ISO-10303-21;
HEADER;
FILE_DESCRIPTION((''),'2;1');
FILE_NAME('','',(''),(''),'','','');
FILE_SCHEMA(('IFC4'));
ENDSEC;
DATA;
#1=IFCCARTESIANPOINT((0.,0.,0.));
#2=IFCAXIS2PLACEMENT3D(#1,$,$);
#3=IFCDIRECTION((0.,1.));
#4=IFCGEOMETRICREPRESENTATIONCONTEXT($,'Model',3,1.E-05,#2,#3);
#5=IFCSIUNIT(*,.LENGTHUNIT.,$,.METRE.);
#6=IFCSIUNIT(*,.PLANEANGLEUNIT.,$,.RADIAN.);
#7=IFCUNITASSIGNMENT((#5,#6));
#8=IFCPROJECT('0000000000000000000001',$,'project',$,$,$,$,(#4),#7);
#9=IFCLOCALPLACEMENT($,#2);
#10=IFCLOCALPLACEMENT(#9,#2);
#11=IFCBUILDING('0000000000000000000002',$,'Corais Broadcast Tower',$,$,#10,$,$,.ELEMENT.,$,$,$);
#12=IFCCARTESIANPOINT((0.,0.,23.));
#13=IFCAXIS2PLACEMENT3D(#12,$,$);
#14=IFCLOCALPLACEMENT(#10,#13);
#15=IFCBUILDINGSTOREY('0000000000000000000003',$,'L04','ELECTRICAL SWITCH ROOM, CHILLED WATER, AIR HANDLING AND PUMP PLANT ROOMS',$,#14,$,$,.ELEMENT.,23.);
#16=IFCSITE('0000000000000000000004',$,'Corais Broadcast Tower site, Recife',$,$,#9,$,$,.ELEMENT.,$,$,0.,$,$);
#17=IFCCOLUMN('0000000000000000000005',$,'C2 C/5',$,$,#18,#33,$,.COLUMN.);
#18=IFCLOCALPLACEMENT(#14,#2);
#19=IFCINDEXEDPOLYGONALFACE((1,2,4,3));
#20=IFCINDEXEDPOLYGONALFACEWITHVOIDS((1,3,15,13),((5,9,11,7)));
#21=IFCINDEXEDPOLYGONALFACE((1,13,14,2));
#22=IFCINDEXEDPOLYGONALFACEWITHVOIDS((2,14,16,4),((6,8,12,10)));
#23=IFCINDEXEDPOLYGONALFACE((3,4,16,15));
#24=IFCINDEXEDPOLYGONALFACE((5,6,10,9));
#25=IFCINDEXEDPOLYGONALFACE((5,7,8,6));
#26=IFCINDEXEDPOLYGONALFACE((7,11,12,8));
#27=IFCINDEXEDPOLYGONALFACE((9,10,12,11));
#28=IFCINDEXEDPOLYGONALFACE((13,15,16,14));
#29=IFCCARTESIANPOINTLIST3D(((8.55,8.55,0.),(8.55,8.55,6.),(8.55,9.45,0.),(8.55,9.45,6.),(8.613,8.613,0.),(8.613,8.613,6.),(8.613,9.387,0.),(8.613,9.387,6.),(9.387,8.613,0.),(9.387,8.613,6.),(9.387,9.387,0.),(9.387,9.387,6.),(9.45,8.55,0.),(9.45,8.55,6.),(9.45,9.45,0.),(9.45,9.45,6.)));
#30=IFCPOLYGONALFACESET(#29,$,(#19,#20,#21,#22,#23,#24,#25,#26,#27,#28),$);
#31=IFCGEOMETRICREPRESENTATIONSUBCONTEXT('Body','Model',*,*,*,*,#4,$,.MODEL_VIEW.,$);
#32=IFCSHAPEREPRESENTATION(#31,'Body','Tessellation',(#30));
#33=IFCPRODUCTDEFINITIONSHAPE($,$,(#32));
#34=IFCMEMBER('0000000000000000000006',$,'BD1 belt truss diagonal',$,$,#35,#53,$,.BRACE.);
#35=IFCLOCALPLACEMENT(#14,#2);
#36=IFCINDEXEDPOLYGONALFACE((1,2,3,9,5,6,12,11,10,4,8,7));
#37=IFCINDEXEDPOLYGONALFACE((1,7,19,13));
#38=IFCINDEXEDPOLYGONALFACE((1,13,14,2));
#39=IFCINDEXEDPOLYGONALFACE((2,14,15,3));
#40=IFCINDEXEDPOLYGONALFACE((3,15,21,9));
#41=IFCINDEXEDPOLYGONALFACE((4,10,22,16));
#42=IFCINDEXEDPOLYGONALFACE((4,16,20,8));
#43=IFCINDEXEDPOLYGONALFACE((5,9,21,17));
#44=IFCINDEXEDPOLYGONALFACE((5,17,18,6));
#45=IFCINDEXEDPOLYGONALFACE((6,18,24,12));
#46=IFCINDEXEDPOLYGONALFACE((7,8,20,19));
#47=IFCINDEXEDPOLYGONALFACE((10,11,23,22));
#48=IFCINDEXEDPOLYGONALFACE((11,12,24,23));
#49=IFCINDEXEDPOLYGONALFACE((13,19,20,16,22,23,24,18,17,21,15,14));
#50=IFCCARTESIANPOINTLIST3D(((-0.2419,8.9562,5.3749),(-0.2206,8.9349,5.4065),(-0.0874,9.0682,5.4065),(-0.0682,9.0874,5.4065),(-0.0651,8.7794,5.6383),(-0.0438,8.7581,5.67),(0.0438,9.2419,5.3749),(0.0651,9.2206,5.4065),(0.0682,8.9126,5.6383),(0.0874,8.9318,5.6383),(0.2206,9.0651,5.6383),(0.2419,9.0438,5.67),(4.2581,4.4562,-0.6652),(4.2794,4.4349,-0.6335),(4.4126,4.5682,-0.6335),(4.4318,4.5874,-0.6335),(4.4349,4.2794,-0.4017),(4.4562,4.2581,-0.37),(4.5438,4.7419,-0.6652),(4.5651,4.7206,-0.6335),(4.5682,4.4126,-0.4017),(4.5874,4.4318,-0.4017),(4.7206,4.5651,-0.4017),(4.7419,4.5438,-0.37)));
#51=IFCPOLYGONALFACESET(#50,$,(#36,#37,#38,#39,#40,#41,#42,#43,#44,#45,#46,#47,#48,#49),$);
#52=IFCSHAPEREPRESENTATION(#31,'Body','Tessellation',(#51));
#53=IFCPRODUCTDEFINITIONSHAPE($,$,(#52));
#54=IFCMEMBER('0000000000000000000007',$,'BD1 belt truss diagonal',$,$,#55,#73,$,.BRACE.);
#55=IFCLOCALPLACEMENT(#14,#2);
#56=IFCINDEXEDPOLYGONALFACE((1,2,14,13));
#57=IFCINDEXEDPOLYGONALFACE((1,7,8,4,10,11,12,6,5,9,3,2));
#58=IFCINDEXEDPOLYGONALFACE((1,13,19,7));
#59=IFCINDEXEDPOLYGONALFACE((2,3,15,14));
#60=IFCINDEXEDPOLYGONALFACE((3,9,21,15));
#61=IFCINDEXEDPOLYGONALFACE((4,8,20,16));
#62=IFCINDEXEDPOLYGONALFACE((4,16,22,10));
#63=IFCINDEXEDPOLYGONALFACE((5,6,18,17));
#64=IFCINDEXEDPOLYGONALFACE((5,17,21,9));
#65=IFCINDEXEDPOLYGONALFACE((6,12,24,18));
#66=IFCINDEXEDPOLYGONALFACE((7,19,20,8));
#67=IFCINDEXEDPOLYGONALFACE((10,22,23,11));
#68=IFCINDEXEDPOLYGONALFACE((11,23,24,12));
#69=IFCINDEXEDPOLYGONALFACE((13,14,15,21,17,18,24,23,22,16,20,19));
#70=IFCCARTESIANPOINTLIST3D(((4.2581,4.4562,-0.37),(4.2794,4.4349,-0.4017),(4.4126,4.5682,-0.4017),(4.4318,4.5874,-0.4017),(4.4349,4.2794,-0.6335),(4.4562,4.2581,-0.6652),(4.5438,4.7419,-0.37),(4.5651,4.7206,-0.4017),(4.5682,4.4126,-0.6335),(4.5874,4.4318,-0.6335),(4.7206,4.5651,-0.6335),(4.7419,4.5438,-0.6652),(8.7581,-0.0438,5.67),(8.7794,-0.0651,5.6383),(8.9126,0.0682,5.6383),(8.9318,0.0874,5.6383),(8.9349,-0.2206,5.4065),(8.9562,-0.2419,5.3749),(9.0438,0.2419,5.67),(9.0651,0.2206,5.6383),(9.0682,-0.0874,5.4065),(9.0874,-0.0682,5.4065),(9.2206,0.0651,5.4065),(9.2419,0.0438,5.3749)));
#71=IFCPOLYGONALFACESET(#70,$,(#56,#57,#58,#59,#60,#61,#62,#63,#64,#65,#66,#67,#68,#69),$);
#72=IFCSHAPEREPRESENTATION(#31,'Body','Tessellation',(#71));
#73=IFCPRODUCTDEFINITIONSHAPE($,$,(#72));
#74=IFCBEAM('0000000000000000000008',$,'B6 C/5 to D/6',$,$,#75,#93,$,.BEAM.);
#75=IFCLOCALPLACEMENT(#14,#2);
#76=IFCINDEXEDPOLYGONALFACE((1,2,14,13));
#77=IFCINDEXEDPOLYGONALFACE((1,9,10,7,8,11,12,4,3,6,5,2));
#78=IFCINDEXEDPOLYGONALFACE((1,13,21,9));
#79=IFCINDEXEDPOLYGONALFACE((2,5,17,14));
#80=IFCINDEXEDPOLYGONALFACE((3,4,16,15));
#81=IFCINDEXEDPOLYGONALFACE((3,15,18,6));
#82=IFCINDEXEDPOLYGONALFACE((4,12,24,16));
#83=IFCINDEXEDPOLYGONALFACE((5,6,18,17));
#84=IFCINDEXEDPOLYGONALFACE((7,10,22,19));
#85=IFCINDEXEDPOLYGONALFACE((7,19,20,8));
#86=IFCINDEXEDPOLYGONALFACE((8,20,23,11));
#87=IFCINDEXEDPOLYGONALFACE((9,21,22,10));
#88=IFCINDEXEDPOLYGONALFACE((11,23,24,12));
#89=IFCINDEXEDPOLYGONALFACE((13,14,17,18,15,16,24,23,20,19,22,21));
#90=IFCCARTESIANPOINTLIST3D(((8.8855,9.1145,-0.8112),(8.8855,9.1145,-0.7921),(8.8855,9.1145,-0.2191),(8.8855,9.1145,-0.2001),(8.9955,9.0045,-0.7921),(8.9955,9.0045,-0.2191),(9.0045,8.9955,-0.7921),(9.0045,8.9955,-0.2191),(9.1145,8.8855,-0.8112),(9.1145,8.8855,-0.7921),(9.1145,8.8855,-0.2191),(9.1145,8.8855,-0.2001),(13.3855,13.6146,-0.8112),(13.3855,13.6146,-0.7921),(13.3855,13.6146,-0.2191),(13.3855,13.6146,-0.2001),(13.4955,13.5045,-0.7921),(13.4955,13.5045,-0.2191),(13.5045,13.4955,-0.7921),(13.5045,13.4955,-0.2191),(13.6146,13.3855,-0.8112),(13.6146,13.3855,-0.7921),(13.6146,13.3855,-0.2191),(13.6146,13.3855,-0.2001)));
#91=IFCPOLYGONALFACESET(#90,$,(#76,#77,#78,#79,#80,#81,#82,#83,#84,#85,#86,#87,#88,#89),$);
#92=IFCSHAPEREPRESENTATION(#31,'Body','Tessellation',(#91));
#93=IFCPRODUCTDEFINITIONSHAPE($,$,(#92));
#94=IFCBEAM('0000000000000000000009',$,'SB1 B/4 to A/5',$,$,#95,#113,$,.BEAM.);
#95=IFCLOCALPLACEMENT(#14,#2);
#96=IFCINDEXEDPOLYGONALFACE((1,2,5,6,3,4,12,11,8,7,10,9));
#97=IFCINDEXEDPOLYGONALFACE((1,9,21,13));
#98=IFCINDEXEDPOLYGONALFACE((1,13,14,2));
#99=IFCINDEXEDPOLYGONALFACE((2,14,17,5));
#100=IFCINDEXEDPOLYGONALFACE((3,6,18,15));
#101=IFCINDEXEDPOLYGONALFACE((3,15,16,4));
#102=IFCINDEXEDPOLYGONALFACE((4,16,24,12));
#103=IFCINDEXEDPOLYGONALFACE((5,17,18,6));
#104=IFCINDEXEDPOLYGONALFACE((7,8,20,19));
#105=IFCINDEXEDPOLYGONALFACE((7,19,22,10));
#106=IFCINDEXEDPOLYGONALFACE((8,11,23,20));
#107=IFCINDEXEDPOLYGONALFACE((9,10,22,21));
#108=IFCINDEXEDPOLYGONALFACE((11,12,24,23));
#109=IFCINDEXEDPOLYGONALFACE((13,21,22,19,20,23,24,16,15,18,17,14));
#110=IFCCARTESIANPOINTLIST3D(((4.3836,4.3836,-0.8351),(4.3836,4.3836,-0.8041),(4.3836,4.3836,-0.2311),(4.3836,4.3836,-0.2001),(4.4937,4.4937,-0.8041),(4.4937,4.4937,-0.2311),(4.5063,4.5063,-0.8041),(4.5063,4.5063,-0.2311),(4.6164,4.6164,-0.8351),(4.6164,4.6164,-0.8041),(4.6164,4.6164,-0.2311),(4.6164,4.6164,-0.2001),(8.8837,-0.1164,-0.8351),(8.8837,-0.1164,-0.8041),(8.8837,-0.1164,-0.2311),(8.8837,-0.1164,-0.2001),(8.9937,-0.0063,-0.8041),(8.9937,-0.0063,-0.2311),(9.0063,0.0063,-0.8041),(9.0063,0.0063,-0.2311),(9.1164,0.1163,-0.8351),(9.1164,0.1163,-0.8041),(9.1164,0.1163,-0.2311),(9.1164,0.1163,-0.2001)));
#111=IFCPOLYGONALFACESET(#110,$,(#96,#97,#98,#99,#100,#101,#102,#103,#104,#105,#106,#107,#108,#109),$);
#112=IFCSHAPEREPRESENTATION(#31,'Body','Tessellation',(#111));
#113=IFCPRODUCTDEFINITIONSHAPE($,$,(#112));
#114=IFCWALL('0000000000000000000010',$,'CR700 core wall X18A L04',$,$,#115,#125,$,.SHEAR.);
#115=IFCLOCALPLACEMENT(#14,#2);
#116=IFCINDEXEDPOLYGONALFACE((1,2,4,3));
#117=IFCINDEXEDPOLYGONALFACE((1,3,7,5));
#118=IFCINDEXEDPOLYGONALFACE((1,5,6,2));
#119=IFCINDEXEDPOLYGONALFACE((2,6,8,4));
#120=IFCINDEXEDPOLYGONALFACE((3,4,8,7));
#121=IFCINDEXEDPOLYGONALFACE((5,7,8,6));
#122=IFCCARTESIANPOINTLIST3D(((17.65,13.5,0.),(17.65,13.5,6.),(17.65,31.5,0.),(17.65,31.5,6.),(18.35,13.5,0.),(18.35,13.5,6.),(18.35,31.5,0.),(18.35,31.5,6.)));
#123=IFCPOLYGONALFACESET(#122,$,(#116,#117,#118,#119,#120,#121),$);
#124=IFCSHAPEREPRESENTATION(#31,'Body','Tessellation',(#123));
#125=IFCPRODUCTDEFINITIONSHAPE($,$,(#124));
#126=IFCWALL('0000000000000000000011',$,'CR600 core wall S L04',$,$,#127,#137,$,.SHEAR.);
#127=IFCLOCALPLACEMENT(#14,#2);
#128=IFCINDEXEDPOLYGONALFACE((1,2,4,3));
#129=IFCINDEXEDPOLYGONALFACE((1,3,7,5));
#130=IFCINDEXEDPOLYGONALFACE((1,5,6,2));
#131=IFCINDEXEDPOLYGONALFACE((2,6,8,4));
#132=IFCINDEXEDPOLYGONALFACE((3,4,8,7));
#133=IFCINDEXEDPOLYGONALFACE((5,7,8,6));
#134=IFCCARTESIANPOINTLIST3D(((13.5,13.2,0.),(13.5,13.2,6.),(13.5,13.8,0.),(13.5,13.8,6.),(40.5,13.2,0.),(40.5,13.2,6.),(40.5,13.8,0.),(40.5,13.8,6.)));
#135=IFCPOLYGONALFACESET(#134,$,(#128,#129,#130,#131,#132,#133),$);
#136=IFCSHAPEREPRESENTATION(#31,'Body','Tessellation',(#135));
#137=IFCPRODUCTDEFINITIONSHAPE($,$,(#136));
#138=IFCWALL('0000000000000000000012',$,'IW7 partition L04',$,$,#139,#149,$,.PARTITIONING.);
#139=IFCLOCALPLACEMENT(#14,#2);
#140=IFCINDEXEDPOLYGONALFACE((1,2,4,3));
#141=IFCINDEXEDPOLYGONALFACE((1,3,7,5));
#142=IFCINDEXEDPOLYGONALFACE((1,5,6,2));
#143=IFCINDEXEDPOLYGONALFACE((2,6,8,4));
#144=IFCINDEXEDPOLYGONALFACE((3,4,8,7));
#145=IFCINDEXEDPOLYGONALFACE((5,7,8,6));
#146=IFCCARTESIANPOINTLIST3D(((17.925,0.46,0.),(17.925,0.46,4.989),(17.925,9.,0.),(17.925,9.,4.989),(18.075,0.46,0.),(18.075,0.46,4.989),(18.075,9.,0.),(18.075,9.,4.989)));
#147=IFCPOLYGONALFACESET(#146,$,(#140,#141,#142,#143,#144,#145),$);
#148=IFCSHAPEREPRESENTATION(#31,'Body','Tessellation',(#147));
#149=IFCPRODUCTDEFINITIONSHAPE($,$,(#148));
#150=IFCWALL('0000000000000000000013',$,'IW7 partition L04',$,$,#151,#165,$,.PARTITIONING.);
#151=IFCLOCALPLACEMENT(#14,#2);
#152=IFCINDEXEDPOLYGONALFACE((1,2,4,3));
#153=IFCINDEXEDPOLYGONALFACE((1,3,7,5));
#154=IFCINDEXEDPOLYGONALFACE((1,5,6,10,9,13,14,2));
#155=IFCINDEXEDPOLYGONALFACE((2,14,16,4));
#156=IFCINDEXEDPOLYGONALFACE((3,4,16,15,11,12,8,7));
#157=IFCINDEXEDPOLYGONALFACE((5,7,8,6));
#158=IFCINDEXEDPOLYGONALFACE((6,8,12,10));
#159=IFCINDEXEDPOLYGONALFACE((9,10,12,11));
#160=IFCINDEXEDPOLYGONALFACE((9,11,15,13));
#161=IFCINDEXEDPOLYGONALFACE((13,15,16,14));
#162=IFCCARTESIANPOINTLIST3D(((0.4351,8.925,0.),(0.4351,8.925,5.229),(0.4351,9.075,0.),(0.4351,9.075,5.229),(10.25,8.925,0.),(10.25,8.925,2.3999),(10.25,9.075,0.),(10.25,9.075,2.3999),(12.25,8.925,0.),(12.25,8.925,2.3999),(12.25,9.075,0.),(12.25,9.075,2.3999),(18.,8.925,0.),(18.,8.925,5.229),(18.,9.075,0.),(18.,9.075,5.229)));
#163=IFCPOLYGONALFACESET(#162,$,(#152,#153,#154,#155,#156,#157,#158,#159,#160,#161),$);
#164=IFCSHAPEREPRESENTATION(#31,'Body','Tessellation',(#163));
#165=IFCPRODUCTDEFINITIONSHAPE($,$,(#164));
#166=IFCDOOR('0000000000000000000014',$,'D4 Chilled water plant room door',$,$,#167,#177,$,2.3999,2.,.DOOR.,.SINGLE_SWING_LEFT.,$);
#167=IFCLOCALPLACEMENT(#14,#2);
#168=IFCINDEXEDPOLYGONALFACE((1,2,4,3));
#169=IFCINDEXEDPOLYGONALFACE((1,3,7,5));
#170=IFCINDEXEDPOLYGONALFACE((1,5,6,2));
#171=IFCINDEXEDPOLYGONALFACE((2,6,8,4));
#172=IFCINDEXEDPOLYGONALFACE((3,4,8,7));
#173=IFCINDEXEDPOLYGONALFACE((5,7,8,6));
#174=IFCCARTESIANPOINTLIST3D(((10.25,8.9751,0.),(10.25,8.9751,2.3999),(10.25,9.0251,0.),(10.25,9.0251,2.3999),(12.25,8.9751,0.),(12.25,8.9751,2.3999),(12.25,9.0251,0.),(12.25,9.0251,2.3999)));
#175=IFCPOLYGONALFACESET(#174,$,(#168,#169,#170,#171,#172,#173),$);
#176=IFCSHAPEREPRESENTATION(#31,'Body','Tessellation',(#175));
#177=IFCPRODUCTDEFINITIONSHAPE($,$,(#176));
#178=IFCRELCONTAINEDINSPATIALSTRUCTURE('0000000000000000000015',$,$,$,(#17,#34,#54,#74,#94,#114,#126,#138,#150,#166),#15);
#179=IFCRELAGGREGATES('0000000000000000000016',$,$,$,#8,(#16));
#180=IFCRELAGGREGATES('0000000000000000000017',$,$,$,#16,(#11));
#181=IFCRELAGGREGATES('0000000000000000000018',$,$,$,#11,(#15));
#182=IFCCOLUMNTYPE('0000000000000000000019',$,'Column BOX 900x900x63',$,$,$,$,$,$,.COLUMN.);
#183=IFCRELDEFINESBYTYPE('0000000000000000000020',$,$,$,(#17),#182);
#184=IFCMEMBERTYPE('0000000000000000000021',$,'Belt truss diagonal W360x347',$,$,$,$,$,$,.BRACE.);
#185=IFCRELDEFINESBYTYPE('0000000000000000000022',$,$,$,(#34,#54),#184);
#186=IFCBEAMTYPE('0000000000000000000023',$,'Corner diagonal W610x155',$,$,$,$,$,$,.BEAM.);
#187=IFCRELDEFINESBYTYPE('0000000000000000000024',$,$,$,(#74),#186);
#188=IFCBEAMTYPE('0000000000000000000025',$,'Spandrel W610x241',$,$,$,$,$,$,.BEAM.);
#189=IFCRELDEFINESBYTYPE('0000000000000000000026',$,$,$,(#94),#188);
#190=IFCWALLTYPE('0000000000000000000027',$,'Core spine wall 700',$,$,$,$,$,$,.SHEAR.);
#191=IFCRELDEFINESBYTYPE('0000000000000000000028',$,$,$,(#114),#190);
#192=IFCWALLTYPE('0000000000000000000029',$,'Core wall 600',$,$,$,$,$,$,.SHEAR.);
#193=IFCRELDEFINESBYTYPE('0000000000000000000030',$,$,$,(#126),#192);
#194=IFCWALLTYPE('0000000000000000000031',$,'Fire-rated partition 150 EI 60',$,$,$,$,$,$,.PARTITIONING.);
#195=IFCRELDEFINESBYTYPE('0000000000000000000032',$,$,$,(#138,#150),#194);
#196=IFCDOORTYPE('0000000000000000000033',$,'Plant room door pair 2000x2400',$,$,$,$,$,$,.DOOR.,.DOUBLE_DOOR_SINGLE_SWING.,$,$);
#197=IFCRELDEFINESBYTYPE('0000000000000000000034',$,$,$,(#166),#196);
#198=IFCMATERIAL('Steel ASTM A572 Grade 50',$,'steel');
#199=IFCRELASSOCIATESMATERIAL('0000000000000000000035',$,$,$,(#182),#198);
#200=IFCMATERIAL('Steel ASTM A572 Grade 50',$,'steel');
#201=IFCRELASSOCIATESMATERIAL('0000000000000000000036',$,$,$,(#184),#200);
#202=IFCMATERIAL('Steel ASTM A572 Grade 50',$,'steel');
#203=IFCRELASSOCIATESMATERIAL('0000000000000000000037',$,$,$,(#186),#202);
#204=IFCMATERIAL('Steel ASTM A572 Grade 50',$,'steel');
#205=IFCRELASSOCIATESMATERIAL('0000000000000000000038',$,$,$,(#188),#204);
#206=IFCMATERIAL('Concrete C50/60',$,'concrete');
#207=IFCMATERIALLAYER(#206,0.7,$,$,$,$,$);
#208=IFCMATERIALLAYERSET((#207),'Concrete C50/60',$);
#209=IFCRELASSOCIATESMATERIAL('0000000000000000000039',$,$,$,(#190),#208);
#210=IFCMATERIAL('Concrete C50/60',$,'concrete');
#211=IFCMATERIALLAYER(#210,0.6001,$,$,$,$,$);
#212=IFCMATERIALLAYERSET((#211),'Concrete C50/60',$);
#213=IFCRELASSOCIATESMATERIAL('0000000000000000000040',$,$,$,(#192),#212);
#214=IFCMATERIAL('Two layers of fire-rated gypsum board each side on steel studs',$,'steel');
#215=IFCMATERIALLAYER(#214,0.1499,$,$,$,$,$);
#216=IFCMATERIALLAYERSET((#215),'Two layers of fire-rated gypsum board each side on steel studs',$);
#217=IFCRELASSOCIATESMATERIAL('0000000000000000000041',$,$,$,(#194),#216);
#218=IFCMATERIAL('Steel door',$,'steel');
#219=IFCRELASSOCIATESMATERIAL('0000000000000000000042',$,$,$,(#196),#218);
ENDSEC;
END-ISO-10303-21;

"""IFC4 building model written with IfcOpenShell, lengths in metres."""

from ifc_helpers import new_model, si_unit, direction, frame, frame_2d, origin, origin_2d, place, context, subcontext, project, spatial, rectangle, hollow_rectangle, i_section, extrude, material, layer, layer_set, material_profile, profile_set, type_object, element, fill, save


model = new_model("IFC4")

# Units and contexts
model_context = context("Model", 3, precision=1e-05, world=origin(), true_north=direction((0.0, 1.0)))
body_context = subcontext(model_context, "Body", "Model", "MODEL_VIEW")
ifc_project = project(units=[si_unit("LENGTHUNIT", "METRE"), si_unit("PLANEANGLEUNIT", "RADIAN")], contexts=[model_context])

# Site, building, storey
site_placement = place(None, origin())
site = spatial("IfcSite", under=ifc_project, at=site_placement, Name="Corais Broadcast Tower site, Recife", CompositionType="ELEMENT", RefElevation=0.0)
building_placement = place(site_placement, origin())
building = spatial("IfcBuilding", under=site, at=building_placement, Name="Corais Broadcast Tower", CompositionType="ELEMENT")
storey_placement = place(building_placement, frame((0.0, 0.0, 23.0)))
storey = spatial("IfcBuildingStorey", under=building, at=storey_placement, Name="L04", Description="ELECTRICAL SWITCH ROOM, CHILLED WATER, AIR HANDLING AND PUMP PLANT ROOMS", CompositionType="ELEMENT", Elevation=23.0)

# Column
ifc_material_1 = material(Name="Steel ASTM A572 Grade 50", Category="steel")
ifc_material_profile_1 = material_profile(ifc_material_1, hollow_rectangle(XDim=0.8999, YDim=0.8999, WallThickness=0.063, at=origin_2d()), Name="BOX 900x900x63")
ifc_profile_set_1 = profile_set([ifc_material_profile_1], Name="Steel ASTM A572 Grade 50")
column_type = type_object("IfcColumnType", Name="Column BOX 900x900x63", PredefinedType="COLUMN", material=ifc_profile_set_1)
column_placement = place(storey_placement, frame((9.0, 9.0, 0.0), z_axis=(0.0, 0.0, 1.0), x_axis=(1.0, 0.0, 0.0)))
element("IfcColumn", 1, at=column_placement, inside=storey, type_object=column_type, Name="C2 C/5", PredefinedType="COLUMN", context=body_context, shape_type="SweptSolid", body=[
    extrude(hollow_rectangle(XDim=0.8999, YDim=0.8999, WallThickness=0.063, at=origin_2d()), origin(), (0.0, 0.0, 1.0), 6.0),
])

# Members
ifc_material_2 = material(Name="Steel ASTM A572 Grade 50", Category="steel")
ifc_material_profile_2 = material_profile(ifc_material_2, i_section(OverallWidth=0.4041, OverallDepth=0.407, WebThickness=0.0271, FlangeThickness=0.0437, at=origin_2d()), Name="W360x347")
ifc_profile_set_2 = profile_set([ifc_material_profile_2], Name="Steel ASTM A572 Grade 50")
member_type = type_object("IfcMemberType", Name="Belt truss diagonal W360x347", PredefinedType="BRACE", material=ifc_profile_set_2)
for number, where, z_axis, x_axis, name in (
    (2, (4.5, 4.5, -0.5176), (-0.512882, 0.512882, 0.688406), (-0.707107, -0.707107, 0.0), "BD1 belt truss diagonal"),
    (3, (4.5, 4.5, -0.5176), (0.512882, -0.512882, 0.688406), (0.707107, 0.707107, 0.0), "BD1 belt truss diagonal"),
):
    element("IfcMember", number, at=place(storey_placement, frame(where, z_axis=z_axis, x_axis=x_axis)), inside=storey, type_object=member_type, Name=name, PredefinedType="BRACE", context=body_context, shape_type="SweptSolid", body=[
        extrude(i_section(OverallWidth=0.4041, OverallDepth=0.407, WebThickness=0.0271, FlangeThickness=0.0437, at=origin_2d()), origin(), (0.0, 0.0, 1.0), 8.7739),
    ])

# Beams
ifc_material_3 = material(Name="Steel ASTM A572 Grade 50", Category="steel")
ifc_material_profile_3 = material_profile(ifc_material_3, i_section(OverallWidth=0.324, OverallDepth=0.6111, WebThickness=0.0127, FlangeThickness=0.019, at=origin_2d()), Name="W610x155")
ifc_profile_set_3 = profile_set([ifc_material_profile_3], Name="Steel ASTM A572 Grade 50")
beam_type_1 = type_object("IfcBeamType", Name="Corner diagonal W610x155", PredefinedType="BEAM", material=ifc_profile_set_3)
beam_1_placement = place(storey_placement, frame((9.0, 9.0, -0.5056), z_axis=(0.707107, 0.707107, 0.0), x_axis=(-0.707107, 0.707107, 0.0)))
element("IfcBeam", 4, at=beam_1_placement, inside=storey, type_object=beam_type_1, Name="B6 C/5 to D/6", PredefinedType="BEAM", context=body_context, shape_type="SweptSolid", body=[
    extrude(i_section(OverallWidth=0.324, OverallDepth=0.6111, WebThickness=0.0127, FlangeThickness=0.019, at=origin_2d()), origin(), (0.0, 0.0, 1.0), 6.364),
])
ifc_material_4 = material(Name="Steel ASTM A572 Grade 50", Category="steel")
ifc_material_profile_4 = material_profile(ifc_material_4, i_section(OverallWidth=0.3291, OverallDepth=0.635, WebThickness=0.0178, FlangeThickness=0.031, at=origin_2d()), Name="W610x241")
ifc_profile_set_4 = profile_set([ifc_material_profile_4], Name="Steel ASTM A572 Grade 50")
beam_type_2 = type_object("IfcBeamType", Name="Spandrel W610x241", PredefinedType="BEAM", material=ifc_profile_set_4)
beam_2_placement = place(storey_placement, frame((4.5, 4.5, -0.5176), z_axis=(0.707107, -0.707107, 0.0), x_axis=(0.707107, 0.707107, 0.0)))
element("IfcBeam", 5, at=beam_2_placement, inside=storey, type_object=beam_type_2, Name="SB1 B/4 to A/5", PredefinedType="BEAM", context=body_context, shape_type="SweptSolid", body=[
    extrude(i_section(OverallWidth=0.3291, OverallDepth=0.635, WebThickness=0.0178, FlangeThickness=0.031, at=origin_2d()), origin(), (0.0, 0.0, 1.0), 6.364),
])

# Walls
ifc_material_5 = material(Name="Concrete C50/60", Category="concrete")
ifc_layer_1 = layer(ifc_material_5, 0.7)
ifc_layer_set_1 = layer_set([ifc_layer_1], Name="Concrete C50/60")
wall_type_1 = type_object("IfcWallType", Name="Core spine wall 700", PredefinedType="SHEAR", material=ifc_layer_set_1)
wall_1_placement = place(storey_placement, frame((18.0, 13.5, 0.0), z_axis=(0.0, 0.0, 1.0), x_axis=(0.0, 1.0, 0.0)))
element("IfcWall", 6, at=wall_1_placement, inside=storey, type_object=wall_type_1, Name="CR700 core wall X18A L04", PredefinedType="SHEAR", context=body_context, shape_type="SweptSolid", body=[
    extrude(rectangle(XDim=18.0, YDim=0.7, at=frame_2d((9.0, 0.0))), origin(), (0.0, 0.0, 1.0), 6.0),
])
ifc_material_6 = material(Name="Concrete C50/60", Category="concrete")
ifc_layer_2 = layer(ifc_material_6, 0.6001)
ifc_layer_set_2 = layer_set([ifc_layer_2], Name="Concrete C50/60")
wall_type_2 = type_object("IfcWallType", Name="Core wall 600", PredefinedType="SHEAR", material=ifc_layer_set_2)
wall_2_placement = place(storey_placement, frame((13.5, 13.5, 0.0), z_axis=(0.0, 0.0, 1.0), x_axis=(1.0, 0.0, 0.0)))
element("IfcWall", 7, at=wall_2_placement, inside=storey, type_object=wall_type_2, Name="CR600 core wall S L04", PredefinedType="SHEAR", context=body_context, shape_type="SweptSolid", body=[
    extrude(rectangle(XDim=27.0, YDim=0.6001, at=frame_2d((13.5, 0.0))), origin(), (0.0, 0.0, 1.0), 6.0),
])
ifc_material_7 = material(Name="Two layers of fire-rated gypsum board each side on steel studs", Category="steel")
ifc_layer_3 = layer(ifc_material_7, 0.1499)
ifc_layer_set_3 = layer_set([ifc_layer_3], Name="Two layers of fire-rated gypsum board each side on steel studs")
wall_type_3 = type_object("IfcWallType", Name="Fire-rated partition 150 EI 60", PredefinedType="PARTITIONING", material=ifc_layer_set_3)
wall_3_placement = place(storey_placement, frame((18.0, 9.0, 0.0), z_axis=(0.0, 0.0, 1.0), x_axis=(0.0, -1.0, 0.0)))
element("IfcWall", 8, at=wall_3_placement, inside=storey, type_object=wall_type_3, Name="IW7 partition L04", PredefinedType="PARTITIONING", context=body_context, shape_type="SweptSolid", body=[
    extrude(rectangle(XDim=8.54, YDim=0.1499, at=frame_2d((4.27, 0.0))), origin(), (0.0, 0.0, 1.0), 4.989),
])

# Wall, opening, door
wall_4_placement = place(storey_placement, frame((18.0, 9.0, 0.0), z_axis=(0.0, 0.0, 1.0), x_axis=(-1.0, 0.0, 0.0)))
wall_4 = element("IfcWall", 9, at=wall_4_placement, inside=storey, type_object=wall_type_3, Name="IW7 partition L04", PredefinedType="PARTITIONING", context=body_context, shape_type="SweptSolid", body=[
    extrude(rectangle(XDim=17.5649, YDim=0.1499, at=frame_2d((8.7825, 0.0))), origin(), (0.0, 0.0, 1.0), 5.229),
])
opening_1_placement = place(wall_4_placement, frame((5.75, 0.0, 0.0)))
opening_1 = element("IfcOpeningElement", 10, at=opening_1_placement, cuts=wall_4, PredefinedType="OPENING", context=body_context, shape_type="SweptSolid", body=[
    extrude(rectangle(XDim=2.0, YDim=2.3999, at=frame_2d((1.0, 1.2))), frame((0.0, 0.085, 0.0), z_axis=(0.0, -1.0, 0.0), x_axis=(1.0, 0.0, 0.0)), (0.0, 0.0, 1.0), 0.1699),
])
ifc_material_8 = material(Name="Steel door", Category="steel")
door_type = type_object("IfcDoorType", Name="Plant room door pair 2000x2400", OperationType="DOUBLE_DOOR_SINGLE_SWING", PredefinedType="DOOR", material=ifc_material_8)
door_1_placement = place(opening_1_placement, origin())
door_1 = element("IfcDoor", 11, at=door_1_placement, inside=storey, type_object=door_type, Name="D4 Chilled water plant room door", OperationType="SINGLE_SWING_LEFT", OverallHeight=2.3999, OverallWidth=2.0, PredefinedType="DOOR", context=body_context, shape_type="SweptSolid", body=[
    extrude(rectangle(XDim=2.0, YDim=2.3999, at=frame_2d((1.0, 1.2))), frame((0.0, 0.0249, 0.0), z_axis=(0.0, -1.0, 0.0), x_axis=(1.0, 0.0, 0.0)), (0.0, 0.0, 1.0), 0.05),
])
fill(opening_1, door_1)

save(model, "model.ifc")
